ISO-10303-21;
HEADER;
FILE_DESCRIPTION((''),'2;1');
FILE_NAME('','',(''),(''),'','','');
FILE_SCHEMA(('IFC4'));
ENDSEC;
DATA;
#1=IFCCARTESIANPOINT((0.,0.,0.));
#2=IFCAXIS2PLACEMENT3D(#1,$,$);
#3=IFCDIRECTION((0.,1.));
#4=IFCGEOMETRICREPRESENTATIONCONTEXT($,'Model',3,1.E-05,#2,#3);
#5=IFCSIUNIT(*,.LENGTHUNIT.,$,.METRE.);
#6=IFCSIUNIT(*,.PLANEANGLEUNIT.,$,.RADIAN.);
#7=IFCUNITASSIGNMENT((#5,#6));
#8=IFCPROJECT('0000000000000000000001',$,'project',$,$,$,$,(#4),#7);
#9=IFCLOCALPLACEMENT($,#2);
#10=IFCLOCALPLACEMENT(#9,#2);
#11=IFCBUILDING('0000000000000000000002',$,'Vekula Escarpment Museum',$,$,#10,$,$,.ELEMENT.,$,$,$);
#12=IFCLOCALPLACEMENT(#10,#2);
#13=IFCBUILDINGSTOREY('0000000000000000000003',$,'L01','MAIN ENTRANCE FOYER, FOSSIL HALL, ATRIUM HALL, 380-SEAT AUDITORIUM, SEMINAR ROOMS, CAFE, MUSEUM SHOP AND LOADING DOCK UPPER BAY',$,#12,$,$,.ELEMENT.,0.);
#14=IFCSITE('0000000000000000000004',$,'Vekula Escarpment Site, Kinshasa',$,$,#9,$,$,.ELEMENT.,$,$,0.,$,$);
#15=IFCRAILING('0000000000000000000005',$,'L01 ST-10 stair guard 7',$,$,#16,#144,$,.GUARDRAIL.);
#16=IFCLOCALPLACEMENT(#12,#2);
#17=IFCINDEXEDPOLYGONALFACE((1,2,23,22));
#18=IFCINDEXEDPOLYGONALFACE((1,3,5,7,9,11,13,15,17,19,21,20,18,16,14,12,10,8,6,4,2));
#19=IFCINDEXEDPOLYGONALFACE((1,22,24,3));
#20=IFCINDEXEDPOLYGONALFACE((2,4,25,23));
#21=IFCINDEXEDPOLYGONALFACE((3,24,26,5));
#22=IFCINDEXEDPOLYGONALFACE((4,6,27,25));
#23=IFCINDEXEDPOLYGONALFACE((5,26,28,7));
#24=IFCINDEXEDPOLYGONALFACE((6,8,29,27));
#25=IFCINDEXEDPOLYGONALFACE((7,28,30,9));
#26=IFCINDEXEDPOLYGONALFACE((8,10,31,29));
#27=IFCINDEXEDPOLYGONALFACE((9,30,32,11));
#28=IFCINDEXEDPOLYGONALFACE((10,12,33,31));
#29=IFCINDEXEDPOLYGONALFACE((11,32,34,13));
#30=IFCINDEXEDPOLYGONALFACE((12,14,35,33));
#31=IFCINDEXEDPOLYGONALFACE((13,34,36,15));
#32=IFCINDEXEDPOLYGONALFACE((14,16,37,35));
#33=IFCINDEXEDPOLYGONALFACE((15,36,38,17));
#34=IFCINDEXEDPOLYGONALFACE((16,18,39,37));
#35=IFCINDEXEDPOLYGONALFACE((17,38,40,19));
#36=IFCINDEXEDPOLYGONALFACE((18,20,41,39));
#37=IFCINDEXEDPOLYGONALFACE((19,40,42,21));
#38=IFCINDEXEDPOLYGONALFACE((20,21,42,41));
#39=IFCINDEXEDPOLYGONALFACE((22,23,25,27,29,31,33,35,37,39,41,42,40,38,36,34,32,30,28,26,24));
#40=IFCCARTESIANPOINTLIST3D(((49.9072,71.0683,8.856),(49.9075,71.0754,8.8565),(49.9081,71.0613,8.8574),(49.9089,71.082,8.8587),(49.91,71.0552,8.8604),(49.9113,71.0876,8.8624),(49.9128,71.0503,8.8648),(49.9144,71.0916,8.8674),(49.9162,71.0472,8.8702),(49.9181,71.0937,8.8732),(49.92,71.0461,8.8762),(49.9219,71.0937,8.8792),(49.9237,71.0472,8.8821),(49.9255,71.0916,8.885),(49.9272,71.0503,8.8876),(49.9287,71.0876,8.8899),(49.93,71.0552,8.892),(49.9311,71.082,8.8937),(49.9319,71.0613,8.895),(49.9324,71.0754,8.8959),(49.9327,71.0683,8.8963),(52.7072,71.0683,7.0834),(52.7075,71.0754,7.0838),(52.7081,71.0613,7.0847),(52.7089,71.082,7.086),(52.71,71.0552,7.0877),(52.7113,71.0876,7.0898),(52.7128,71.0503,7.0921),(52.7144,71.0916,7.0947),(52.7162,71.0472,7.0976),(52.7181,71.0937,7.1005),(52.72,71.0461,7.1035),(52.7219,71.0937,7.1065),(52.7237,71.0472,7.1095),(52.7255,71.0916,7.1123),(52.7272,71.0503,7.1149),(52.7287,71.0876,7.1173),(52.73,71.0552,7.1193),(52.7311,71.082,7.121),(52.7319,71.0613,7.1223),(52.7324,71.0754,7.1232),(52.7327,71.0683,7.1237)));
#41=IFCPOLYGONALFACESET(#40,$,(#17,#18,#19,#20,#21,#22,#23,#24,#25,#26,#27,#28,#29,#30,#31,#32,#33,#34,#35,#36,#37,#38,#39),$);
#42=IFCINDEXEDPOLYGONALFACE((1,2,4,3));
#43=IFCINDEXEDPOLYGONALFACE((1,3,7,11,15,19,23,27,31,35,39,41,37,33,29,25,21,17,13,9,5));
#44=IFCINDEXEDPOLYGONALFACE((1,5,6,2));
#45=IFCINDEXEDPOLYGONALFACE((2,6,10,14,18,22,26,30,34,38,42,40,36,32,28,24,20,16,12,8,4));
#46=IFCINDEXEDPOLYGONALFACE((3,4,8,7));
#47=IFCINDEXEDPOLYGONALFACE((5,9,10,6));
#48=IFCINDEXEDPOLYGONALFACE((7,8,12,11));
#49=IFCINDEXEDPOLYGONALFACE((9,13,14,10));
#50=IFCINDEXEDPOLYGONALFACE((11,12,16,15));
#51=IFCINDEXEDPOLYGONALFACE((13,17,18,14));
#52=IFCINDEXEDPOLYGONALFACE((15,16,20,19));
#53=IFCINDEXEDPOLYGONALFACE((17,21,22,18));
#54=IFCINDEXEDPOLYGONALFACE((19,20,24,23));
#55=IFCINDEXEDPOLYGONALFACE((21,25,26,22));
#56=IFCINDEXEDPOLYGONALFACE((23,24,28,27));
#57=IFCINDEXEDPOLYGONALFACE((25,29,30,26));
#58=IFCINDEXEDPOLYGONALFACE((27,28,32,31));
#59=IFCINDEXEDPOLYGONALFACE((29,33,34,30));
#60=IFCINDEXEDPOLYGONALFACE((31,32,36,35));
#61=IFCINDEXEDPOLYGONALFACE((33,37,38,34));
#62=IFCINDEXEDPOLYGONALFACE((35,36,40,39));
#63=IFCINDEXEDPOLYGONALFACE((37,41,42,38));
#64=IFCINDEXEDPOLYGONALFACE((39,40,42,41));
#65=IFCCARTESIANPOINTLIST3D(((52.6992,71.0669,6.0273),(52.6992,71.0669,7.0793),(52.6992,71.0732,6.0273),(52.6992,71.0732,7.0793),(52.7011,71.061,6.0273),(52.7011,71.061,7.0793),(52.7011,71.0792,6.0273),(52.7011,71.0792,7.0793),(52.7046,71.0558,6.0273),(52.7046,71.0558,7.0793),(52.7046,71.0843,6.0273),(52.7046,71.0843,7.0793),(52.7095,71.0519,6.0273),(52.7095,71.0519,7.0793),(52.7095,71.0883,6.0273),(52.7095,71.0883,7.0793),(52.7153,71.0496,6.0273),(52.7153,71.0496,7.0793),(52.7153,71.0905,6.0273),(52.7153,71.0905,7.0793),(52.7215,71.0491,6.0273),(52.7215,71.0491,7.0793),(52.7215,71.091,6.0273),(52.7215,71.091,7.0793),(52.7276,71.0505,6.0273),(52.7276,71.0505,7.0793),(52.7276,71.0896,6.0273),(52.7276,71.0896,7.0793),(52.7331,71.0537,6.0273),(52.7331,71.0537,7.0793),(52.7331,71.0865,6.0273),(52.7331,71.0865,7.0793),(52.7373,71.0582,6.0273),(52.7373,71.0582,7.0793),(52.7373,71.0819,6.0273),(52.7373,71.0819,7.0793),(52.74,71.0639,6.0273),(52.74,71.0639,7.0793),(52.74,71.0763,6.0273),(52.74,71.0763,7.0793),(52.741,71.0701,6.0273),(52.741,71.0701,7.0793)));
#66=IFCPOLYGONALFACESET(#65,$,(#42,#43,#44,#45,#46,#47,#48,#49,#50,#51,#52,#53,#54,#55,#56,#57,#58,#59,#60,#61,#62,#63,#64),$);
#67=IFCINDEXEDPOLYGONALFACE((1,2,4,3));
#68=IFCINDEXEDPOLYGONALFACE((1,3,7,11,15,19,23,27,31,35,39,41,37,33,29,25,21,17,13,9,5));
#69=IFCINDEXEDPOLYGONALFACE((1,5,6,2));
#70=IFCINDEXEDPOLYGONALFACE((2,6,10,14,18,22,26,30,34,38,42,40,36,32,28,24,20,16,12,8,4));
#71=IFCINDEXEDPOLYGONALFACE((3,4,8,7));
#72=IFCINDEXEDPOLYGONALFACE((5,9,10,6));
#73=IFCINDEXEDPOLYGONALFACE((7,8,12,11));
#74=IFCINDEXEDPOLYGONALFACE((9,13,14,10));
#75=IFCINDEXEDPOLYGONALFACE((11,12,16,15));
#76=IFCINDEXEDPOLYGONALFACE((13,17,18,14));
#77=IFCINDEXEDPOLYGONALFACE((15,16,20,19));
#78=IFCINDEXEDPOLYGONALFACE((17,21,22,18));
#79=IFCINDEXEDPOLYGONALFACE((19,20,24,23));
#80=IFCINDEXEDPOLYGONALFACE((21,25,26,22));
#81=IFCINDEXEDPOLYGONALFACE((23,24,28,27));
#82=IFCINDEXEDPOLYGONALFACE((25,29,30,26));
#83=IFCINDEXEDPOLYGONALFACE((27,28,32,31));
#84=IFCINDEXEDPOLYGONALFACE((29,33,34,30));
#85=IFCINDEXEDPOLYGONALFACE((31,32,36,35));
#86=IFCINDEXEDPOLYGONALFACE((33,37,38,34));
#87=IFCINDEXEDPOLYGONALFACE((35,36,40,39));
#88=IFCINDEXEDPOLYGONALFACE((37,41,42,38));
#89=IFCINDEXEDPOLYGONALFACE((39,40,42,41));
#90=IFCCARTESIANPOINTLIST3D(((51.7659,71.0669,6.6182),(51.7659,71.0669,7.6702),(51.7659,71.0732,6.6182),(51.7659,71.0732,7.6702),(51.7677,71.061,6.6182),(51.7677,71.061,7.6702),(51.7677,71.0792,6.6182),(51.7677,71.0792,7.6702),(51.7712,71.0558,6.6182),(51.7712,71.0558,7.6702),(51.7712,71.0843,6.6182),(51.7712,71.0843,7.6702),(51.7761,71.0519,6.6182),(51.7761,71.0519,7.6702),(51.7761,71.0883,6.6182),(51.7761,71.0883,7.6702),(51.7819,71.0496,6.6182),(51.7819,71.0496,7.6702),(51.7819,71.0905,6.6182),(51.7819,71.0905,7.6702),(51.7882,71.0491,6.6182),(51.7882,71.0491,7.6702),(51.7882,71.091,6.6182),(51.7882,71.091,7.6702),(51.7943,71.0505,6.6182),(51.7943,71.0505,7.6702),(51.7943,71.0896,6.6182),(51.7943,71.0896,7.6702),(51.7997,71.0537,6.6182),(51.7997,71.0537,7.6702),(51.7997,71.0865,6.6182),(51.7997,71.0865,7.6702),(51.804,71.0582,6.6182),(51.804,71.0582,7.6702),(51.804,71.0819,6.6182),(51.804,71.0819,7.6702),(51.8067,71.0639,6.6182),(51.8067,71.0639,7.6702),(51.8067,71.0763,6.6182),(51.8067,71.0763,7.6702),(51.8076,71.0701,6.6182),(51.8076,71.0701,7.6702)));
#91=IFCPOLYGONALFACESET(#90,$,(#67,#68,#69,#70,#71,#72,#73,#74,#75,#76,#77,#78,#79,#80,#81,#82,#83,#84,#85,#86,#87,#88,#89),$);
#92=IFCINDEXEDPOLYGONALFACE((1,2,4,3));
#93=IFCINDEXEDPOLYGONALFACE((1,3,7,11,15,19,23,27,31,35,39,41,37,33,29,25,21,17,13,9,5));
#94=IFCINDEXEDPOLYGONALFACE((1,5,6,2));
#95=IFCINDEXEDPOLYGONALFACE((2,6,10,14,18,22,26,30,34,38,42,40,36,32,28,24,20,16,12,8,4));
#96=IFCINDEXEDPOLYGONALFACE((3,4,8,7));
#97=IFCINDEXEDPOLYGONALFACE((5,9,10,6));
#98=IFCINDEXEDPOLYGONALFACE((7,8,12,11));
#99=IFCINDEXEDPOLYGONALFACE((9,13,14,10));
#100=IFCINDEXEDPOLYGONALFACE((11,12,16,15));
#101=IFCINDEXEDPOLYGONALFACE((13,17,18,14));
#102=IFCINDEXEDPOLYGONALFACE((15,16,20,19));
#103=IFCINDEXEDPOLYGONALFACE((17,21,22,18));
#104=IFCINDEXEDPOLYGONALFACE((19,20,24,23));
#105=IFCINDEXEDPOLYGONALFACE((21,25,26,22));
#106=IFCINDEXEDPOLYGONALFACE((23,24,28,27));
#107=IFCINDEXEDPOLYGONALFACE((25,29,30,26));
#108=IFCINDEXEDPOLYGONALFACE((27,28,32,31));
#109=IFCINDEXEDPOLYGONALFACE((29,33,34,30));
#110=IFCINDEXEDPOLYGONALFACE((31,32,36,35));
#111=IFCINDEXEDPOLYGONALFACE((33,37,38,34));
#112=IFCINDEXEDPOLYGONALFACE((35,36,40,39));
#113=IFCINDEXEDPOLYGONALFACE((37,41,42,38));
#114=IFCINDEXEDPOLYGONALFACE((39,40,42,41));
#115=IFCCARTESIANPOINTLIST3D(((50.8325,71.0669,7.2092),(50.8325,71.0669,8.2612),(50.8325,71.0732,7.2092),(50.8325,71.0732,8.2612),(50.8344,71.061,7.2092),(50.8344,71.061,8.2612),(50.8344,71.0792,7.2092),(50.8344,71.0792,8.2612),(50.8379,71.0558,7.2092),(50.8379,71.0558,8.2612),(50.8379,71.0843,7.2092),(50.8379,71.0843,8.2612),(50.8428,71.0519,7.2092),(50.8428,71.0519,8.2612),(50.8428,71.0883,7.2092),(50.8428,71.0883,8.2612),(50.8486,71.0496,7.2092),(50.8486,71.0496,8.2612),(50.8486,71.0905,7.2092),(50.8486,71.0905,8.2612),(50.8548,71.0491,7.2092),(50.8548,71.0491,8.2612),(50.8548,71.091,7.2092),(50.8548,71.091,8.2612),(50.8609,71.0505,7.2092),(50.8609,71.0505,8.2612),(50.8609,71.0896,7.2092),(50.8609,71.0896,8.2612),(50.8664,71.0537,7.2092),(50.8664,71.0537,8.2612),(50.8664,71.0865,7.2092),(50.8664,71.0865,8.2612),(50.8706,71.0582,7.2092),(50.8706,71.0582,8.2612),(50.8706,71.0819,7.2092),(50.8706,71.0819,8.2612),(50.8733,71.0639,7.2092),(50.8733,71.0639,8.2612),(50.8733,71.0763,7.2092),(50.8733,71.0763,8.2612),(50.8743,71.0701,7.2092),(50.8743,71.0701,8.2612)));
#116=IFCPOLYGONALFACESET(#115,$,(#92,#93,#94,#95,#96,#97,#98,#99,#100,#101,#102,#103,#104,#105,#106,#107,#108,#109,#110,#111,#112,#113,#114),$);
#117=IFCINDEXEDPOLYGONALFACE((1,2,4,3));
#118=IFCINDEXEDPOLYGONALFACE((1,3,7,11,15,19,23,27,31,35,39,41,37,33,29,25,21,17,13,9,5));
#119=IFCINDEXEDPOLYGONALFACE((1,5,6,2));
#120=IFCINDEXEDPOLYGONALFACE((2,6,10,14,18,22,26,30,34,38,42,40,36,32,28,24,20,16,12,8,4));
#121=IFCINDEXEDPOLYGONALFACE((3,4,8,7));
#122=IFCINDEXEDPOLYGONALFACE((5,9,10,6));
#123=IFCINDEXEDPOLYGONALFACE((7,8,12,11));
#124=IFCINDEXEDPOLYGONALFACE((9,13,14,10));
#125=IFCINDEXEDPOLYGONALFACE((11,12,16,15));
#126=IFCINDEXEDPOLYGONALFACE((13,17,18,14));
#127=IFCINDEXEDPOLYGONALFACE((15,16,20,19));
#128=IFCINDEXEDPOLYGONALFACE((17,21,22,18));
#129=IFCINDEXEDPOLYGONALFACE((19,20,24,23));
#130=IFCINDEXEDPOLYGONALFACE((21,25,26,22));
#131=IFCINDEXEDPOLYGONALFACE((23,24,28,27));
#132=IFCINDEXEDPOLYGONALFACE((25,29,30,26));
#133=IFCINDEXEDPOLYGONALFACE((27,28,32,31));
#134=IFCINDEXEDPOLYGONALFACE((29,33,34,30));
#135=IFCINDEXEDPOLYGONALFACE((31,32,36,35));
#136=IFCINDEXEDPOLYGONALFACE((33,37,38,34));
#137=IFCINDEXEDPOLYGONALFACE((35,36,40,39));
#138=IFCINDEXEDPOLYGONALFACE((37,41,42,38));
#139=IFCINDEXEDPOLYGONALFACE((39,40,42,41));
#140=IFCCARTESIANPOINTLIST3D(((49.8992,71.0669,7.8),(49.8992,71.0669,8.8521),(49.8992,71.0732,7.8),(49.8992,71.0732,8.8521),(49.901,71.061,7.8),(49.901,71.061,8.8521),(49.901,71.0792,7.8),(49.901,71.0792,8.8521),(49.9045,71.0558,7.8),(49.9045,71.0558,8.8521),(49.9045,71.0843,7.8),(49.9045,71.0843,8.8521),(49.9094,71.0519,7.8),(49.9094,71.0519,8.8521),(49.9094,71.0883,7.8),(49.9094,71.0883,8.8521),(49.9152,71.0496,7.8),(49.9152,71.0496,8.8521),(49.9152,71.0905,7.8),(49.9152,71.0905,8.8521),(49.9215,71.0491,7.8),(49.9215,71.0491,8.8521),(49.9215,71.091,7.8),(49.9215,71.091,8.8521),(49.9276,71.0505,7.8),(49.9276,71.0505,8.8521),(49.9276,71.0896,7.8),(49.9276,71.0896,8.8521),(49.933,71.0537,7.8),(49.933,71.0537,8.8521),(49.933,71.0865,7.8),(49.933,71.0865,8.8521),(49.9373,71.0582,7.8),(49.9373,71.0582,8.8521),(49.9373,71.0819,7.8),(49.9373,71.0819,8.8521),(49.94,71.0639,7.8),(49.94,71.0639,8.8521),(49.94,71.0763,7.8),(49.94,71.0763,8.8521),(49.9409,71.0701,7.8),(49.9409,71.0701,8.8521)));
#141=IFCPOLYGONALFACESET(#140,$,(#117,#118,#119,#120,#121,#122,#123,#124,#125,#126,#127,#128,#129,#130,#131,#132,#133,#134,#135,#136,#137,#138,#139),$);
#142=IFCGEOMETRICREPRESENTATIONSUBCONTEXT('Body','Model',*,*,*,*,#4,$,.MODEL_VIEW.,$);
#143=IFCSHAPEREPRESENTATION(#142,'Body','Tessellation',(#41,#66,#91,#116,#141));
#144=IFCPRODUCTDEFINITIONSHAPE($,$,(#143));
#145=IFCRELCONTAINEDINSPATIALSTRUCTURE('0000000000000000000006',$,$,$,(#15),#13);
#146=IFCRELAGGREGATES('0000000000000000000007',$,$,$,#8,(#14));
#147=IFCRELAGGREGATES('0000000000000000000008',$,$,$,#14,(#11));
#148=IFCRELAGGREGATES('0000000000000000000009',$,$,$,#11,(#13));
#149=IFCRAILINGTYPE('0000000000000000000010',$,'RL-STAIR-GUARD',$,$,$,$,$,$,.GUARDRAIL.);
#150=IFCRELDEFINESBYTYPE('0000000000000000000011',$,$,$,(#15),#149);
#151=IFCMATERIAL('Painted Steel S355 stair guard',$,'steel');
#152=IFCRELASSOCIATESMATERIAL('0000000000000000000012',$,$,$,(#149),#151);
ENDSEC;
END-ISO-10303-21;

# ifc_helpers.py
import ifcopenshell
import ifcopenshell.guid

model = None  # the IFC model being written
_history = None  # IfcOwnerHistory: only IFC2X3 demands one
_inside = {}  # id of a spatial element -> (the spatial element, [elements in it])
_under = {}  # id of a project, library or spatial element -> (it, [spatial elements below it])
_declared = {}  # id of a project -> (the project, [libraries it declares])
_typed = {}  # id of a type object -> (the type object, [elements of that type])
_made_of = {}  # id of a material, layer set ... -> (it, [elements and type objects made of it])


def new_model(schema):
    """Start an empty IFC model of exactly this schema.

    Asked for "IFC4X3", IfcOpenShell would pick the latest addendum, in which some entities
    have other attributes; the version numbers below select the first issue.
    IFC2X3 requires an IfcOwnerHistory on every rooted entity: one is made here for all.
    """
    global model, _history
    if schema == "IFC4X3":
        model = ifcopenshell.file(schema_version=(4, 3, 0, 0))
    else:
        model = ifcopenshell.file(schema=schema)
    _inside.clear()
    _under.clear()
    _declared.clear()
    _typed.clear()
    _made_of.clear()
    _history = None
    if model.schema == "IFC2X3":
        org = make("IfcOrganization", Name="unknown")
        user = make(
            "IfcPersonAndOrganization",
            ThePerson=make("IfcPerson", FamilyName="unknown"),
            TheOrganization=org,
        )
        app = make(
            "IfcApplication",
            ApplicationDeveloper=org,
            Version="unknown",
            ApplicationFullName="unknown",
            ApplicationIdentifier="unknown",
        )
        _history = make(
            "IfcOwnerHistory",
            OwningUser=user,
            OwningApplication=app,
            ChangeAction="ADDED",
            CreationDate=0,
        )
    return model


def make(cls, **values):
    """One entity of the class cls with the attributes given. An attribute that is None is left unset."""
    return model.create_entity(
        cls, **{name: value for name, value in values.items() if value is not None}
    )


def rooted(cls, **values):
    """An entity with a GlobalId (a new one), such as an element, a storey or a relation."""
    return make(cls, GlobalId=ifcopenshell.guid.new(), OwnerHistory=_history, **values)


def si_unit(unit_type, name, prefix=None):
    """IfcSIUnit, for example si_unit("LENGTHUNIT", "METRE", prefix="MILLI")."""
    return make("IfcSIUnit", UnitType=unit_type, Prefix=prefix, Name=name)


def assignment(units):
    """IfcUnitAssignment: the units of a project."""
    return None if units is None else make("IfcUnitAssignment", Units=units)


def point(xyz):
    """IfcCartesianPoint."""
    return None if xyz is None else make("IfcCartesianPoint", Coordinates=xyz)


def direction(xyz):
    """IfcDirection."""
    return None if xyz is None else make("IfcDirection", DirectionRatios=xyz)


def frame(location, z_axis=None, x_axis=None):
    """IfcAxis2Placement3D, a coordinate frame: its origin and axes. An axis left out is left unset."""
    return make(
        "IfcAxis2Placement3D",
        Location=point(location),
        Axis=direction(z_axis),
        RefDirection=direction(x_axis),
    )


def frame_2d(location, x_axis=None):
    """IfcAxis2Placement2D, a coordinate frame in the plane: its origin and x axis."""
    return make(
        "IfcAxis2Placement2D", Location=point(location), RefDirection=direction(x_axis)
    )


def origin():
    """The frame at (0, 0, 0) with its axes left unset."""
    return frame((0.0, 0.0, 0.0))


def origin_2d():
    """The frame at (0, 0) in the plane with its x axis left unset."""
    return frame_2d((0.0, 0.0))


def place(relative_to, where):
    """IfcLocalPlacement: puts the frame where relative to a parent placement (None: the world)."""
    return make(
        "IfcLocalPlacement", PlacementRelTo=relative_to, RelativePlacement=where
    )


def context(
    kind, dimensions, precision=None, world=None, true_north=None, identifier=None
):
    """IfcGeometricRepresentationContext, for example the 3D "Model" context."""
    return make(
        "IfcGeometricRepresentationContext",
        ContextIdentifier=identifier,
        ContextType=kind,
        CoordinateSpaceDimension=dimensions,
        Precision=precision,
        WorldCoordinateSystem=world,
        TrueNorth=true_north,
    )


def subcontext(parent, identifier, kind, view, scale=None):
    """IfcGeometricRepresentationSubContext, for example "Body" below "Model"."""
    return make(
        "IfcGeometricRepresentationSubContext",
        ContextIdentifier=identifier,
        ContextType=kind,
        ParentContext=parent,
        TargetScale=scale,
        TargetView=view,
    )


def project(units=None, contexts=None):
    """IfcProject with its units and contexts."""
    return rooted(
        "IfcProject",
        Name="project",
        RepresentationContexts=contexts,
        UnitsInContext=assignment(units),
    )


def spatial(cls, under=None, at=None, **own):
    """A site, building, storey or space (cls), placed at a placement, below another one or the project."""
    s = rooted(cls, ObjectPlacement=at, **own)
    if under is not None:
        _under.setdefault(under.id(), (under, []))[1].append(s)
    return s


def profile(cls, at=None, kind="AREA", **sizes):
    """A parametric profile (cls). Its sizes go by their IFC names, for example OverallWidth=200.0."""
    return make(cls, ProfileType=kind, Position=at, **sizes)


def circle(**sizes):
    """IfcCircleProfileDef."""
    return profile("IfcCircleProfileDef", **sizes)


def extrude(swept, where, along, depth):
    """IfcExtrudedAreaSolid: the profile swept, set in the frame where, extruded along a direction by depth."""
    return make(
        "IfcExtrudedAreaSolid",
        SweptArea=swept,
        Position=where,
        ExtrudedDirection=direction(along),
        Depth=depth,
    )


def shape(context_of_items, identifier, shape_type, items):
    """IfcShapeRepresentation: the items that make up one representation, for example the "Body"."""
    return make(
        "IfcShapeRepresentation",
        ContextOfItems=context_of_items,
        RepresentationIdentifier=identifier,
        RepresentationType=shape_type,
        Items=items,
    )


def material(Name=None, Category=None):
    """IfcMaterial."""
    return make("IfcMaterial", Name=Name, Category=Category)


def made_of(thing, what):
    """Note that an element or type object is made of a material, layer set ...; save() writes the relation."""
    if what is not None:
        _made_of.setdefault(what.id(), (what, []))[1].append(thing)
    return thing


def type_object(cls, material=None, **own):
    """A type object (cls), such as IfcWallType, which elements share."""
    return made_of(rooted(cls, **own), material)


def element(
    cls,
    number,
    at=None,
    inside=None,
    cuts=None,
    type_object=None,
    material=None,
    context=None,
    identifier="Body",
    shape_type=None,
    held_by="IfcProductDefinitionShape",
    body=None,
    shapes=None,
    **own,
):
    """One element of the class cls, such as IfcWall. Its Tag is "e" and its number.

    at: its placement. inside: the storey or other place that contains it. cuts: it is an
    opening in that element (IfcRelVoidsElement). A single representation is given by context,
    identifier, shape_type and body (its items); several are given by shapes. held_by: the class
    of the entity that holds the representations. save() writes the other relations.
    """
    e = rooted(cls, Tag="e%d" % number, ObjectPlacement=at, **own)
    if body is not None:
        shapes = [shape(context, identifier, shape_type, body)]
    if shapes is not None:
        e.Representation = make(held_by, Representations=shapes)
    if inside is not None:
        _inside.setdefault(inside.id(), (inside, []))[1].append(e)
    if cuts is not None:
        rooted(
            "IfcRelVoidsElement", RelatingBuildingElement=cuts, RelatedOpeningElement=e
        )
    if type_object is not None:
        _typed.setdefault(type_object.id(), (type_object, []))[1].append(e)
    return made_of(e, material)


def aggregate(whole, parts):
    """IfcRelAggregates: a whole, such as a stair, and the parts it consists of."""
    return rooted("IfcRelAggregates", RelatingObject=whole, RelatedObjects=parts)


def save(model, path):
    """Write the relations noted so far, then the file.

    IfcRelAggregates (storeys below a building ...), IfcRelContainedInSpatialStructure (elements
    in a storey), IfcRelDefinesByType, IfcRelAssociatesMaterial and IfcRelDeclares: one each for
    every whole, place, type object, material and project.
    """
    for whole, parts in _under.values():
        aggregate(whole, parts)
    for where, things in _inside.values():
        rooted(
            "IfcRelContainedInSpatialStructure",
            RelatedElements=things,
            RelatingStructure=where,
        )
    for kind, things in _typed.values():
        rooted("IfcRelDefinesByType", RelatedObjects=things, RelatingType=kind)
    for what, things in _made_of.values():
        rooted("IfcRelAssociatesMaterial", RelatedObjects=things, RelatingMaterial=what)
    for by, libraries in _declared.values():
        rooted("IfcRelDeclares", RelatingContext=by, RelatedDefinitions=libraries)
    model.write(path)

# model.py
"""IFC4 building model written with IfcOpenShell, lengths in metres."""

from ifc_helpers import new_model, si_unit, direction, frame, origin, origin_2d, place, context, subcontext, project, spatial, circle, extrude, material, type_object, element, save


model = new_model("IFC4")

# Units and contexts
model_context = context("Model", 3, precision=1e-05, world=origin(), true_north=direction((0.0, 1.0)))
body_context = subcontext(model_context, "Body", "Model", "MODEL_VIEW")
ifc_project = project(units=[si_unit("LENGTHUNIT", "METRE"), si_unit("PLANEANGLEUNIT", "RADIAN")], contexts=[model_context])

# Site, building, storey
site_placement = place(None, origin())
site = spatial("IfcSite", under=ifc_project, at=site_placement, Name="Vekula Escarpment Site, Kinshasa", CompositionType="ELEMENT", RefElevation=0.0)
building_placement = place(site_placement, origin())
building = spatial("IfcBuilding", under=site, at=building_placement, Name="Vekula Escarpment Museum", CompositionType="ELEMENT")
storey_placement = place(building_placement, origin())
storey = spatial("IfcBuildingStorey", under=building, at=storey_placement, Name="L01", Description="MAIN ENTRANCE FOYER, FOSSIL HALL, ATRIUM HALL, 380-SEAT AUDITORIUM, SEMINAR ROOMS, CAFE, MUSEUM SHOP AND LOADING DOCK UPPER BAY", CompositionType="ELEMENT", Elevation=0.0)

# Railing
ifc_material_1 = material(Name="Painted Steel S355 stair guard", Category="steel")
railing_type_1 = type_object("IfcRailingType", Name="RL-STAIR-GUARD", PredefinedType="GUARDRAIL", material=ifc_material_1)
railing_1_placement = place(storey_placement, frame((52.72, 71.0701, 6.0273)))
element("IfcRailing", 1, at=railing_1_placement, inside=storey, type_object=railing_type_1, Name="L01 ST-10 stair guard 7", PredefinedType="GUARDRAIL", context=body_context, shape_type="SweptSolid", body=[
    extrude(circle(Radius=0.0239, at=origin_2d()), frame((0.0, 0.0, 1.0762), z_axis=(-0.844909, 0.0, 0.53491), x_axis=(0.0, -1.0, 0.0)), (0.0, 0.0, 1.0), 3.314),
    extrude(circle(Radius=0.021, at=origin_2d()), origin(), (0.0, 0.0, 1.0), 1.052),
    extrude(circle(Radius=0.021, at=origin_2d()), frame((-0.9333, 0.0, 0.5908)), (0.0, 0.0, 1.0), 1.052),
    extrude(circle(Radius=0.021, at=origin_2d()), frame((-1.8667, 0.0, 1.1819)), (0.0, 0.0, 1.0), 1.052),
    extrude(circle(Radius=0.021, at=origin_2d()), frame((-2.8, 0.0, 1.7727)), (0.0, 0.0, 1.0), 1.052),
])

save(model, "model.ifc")
